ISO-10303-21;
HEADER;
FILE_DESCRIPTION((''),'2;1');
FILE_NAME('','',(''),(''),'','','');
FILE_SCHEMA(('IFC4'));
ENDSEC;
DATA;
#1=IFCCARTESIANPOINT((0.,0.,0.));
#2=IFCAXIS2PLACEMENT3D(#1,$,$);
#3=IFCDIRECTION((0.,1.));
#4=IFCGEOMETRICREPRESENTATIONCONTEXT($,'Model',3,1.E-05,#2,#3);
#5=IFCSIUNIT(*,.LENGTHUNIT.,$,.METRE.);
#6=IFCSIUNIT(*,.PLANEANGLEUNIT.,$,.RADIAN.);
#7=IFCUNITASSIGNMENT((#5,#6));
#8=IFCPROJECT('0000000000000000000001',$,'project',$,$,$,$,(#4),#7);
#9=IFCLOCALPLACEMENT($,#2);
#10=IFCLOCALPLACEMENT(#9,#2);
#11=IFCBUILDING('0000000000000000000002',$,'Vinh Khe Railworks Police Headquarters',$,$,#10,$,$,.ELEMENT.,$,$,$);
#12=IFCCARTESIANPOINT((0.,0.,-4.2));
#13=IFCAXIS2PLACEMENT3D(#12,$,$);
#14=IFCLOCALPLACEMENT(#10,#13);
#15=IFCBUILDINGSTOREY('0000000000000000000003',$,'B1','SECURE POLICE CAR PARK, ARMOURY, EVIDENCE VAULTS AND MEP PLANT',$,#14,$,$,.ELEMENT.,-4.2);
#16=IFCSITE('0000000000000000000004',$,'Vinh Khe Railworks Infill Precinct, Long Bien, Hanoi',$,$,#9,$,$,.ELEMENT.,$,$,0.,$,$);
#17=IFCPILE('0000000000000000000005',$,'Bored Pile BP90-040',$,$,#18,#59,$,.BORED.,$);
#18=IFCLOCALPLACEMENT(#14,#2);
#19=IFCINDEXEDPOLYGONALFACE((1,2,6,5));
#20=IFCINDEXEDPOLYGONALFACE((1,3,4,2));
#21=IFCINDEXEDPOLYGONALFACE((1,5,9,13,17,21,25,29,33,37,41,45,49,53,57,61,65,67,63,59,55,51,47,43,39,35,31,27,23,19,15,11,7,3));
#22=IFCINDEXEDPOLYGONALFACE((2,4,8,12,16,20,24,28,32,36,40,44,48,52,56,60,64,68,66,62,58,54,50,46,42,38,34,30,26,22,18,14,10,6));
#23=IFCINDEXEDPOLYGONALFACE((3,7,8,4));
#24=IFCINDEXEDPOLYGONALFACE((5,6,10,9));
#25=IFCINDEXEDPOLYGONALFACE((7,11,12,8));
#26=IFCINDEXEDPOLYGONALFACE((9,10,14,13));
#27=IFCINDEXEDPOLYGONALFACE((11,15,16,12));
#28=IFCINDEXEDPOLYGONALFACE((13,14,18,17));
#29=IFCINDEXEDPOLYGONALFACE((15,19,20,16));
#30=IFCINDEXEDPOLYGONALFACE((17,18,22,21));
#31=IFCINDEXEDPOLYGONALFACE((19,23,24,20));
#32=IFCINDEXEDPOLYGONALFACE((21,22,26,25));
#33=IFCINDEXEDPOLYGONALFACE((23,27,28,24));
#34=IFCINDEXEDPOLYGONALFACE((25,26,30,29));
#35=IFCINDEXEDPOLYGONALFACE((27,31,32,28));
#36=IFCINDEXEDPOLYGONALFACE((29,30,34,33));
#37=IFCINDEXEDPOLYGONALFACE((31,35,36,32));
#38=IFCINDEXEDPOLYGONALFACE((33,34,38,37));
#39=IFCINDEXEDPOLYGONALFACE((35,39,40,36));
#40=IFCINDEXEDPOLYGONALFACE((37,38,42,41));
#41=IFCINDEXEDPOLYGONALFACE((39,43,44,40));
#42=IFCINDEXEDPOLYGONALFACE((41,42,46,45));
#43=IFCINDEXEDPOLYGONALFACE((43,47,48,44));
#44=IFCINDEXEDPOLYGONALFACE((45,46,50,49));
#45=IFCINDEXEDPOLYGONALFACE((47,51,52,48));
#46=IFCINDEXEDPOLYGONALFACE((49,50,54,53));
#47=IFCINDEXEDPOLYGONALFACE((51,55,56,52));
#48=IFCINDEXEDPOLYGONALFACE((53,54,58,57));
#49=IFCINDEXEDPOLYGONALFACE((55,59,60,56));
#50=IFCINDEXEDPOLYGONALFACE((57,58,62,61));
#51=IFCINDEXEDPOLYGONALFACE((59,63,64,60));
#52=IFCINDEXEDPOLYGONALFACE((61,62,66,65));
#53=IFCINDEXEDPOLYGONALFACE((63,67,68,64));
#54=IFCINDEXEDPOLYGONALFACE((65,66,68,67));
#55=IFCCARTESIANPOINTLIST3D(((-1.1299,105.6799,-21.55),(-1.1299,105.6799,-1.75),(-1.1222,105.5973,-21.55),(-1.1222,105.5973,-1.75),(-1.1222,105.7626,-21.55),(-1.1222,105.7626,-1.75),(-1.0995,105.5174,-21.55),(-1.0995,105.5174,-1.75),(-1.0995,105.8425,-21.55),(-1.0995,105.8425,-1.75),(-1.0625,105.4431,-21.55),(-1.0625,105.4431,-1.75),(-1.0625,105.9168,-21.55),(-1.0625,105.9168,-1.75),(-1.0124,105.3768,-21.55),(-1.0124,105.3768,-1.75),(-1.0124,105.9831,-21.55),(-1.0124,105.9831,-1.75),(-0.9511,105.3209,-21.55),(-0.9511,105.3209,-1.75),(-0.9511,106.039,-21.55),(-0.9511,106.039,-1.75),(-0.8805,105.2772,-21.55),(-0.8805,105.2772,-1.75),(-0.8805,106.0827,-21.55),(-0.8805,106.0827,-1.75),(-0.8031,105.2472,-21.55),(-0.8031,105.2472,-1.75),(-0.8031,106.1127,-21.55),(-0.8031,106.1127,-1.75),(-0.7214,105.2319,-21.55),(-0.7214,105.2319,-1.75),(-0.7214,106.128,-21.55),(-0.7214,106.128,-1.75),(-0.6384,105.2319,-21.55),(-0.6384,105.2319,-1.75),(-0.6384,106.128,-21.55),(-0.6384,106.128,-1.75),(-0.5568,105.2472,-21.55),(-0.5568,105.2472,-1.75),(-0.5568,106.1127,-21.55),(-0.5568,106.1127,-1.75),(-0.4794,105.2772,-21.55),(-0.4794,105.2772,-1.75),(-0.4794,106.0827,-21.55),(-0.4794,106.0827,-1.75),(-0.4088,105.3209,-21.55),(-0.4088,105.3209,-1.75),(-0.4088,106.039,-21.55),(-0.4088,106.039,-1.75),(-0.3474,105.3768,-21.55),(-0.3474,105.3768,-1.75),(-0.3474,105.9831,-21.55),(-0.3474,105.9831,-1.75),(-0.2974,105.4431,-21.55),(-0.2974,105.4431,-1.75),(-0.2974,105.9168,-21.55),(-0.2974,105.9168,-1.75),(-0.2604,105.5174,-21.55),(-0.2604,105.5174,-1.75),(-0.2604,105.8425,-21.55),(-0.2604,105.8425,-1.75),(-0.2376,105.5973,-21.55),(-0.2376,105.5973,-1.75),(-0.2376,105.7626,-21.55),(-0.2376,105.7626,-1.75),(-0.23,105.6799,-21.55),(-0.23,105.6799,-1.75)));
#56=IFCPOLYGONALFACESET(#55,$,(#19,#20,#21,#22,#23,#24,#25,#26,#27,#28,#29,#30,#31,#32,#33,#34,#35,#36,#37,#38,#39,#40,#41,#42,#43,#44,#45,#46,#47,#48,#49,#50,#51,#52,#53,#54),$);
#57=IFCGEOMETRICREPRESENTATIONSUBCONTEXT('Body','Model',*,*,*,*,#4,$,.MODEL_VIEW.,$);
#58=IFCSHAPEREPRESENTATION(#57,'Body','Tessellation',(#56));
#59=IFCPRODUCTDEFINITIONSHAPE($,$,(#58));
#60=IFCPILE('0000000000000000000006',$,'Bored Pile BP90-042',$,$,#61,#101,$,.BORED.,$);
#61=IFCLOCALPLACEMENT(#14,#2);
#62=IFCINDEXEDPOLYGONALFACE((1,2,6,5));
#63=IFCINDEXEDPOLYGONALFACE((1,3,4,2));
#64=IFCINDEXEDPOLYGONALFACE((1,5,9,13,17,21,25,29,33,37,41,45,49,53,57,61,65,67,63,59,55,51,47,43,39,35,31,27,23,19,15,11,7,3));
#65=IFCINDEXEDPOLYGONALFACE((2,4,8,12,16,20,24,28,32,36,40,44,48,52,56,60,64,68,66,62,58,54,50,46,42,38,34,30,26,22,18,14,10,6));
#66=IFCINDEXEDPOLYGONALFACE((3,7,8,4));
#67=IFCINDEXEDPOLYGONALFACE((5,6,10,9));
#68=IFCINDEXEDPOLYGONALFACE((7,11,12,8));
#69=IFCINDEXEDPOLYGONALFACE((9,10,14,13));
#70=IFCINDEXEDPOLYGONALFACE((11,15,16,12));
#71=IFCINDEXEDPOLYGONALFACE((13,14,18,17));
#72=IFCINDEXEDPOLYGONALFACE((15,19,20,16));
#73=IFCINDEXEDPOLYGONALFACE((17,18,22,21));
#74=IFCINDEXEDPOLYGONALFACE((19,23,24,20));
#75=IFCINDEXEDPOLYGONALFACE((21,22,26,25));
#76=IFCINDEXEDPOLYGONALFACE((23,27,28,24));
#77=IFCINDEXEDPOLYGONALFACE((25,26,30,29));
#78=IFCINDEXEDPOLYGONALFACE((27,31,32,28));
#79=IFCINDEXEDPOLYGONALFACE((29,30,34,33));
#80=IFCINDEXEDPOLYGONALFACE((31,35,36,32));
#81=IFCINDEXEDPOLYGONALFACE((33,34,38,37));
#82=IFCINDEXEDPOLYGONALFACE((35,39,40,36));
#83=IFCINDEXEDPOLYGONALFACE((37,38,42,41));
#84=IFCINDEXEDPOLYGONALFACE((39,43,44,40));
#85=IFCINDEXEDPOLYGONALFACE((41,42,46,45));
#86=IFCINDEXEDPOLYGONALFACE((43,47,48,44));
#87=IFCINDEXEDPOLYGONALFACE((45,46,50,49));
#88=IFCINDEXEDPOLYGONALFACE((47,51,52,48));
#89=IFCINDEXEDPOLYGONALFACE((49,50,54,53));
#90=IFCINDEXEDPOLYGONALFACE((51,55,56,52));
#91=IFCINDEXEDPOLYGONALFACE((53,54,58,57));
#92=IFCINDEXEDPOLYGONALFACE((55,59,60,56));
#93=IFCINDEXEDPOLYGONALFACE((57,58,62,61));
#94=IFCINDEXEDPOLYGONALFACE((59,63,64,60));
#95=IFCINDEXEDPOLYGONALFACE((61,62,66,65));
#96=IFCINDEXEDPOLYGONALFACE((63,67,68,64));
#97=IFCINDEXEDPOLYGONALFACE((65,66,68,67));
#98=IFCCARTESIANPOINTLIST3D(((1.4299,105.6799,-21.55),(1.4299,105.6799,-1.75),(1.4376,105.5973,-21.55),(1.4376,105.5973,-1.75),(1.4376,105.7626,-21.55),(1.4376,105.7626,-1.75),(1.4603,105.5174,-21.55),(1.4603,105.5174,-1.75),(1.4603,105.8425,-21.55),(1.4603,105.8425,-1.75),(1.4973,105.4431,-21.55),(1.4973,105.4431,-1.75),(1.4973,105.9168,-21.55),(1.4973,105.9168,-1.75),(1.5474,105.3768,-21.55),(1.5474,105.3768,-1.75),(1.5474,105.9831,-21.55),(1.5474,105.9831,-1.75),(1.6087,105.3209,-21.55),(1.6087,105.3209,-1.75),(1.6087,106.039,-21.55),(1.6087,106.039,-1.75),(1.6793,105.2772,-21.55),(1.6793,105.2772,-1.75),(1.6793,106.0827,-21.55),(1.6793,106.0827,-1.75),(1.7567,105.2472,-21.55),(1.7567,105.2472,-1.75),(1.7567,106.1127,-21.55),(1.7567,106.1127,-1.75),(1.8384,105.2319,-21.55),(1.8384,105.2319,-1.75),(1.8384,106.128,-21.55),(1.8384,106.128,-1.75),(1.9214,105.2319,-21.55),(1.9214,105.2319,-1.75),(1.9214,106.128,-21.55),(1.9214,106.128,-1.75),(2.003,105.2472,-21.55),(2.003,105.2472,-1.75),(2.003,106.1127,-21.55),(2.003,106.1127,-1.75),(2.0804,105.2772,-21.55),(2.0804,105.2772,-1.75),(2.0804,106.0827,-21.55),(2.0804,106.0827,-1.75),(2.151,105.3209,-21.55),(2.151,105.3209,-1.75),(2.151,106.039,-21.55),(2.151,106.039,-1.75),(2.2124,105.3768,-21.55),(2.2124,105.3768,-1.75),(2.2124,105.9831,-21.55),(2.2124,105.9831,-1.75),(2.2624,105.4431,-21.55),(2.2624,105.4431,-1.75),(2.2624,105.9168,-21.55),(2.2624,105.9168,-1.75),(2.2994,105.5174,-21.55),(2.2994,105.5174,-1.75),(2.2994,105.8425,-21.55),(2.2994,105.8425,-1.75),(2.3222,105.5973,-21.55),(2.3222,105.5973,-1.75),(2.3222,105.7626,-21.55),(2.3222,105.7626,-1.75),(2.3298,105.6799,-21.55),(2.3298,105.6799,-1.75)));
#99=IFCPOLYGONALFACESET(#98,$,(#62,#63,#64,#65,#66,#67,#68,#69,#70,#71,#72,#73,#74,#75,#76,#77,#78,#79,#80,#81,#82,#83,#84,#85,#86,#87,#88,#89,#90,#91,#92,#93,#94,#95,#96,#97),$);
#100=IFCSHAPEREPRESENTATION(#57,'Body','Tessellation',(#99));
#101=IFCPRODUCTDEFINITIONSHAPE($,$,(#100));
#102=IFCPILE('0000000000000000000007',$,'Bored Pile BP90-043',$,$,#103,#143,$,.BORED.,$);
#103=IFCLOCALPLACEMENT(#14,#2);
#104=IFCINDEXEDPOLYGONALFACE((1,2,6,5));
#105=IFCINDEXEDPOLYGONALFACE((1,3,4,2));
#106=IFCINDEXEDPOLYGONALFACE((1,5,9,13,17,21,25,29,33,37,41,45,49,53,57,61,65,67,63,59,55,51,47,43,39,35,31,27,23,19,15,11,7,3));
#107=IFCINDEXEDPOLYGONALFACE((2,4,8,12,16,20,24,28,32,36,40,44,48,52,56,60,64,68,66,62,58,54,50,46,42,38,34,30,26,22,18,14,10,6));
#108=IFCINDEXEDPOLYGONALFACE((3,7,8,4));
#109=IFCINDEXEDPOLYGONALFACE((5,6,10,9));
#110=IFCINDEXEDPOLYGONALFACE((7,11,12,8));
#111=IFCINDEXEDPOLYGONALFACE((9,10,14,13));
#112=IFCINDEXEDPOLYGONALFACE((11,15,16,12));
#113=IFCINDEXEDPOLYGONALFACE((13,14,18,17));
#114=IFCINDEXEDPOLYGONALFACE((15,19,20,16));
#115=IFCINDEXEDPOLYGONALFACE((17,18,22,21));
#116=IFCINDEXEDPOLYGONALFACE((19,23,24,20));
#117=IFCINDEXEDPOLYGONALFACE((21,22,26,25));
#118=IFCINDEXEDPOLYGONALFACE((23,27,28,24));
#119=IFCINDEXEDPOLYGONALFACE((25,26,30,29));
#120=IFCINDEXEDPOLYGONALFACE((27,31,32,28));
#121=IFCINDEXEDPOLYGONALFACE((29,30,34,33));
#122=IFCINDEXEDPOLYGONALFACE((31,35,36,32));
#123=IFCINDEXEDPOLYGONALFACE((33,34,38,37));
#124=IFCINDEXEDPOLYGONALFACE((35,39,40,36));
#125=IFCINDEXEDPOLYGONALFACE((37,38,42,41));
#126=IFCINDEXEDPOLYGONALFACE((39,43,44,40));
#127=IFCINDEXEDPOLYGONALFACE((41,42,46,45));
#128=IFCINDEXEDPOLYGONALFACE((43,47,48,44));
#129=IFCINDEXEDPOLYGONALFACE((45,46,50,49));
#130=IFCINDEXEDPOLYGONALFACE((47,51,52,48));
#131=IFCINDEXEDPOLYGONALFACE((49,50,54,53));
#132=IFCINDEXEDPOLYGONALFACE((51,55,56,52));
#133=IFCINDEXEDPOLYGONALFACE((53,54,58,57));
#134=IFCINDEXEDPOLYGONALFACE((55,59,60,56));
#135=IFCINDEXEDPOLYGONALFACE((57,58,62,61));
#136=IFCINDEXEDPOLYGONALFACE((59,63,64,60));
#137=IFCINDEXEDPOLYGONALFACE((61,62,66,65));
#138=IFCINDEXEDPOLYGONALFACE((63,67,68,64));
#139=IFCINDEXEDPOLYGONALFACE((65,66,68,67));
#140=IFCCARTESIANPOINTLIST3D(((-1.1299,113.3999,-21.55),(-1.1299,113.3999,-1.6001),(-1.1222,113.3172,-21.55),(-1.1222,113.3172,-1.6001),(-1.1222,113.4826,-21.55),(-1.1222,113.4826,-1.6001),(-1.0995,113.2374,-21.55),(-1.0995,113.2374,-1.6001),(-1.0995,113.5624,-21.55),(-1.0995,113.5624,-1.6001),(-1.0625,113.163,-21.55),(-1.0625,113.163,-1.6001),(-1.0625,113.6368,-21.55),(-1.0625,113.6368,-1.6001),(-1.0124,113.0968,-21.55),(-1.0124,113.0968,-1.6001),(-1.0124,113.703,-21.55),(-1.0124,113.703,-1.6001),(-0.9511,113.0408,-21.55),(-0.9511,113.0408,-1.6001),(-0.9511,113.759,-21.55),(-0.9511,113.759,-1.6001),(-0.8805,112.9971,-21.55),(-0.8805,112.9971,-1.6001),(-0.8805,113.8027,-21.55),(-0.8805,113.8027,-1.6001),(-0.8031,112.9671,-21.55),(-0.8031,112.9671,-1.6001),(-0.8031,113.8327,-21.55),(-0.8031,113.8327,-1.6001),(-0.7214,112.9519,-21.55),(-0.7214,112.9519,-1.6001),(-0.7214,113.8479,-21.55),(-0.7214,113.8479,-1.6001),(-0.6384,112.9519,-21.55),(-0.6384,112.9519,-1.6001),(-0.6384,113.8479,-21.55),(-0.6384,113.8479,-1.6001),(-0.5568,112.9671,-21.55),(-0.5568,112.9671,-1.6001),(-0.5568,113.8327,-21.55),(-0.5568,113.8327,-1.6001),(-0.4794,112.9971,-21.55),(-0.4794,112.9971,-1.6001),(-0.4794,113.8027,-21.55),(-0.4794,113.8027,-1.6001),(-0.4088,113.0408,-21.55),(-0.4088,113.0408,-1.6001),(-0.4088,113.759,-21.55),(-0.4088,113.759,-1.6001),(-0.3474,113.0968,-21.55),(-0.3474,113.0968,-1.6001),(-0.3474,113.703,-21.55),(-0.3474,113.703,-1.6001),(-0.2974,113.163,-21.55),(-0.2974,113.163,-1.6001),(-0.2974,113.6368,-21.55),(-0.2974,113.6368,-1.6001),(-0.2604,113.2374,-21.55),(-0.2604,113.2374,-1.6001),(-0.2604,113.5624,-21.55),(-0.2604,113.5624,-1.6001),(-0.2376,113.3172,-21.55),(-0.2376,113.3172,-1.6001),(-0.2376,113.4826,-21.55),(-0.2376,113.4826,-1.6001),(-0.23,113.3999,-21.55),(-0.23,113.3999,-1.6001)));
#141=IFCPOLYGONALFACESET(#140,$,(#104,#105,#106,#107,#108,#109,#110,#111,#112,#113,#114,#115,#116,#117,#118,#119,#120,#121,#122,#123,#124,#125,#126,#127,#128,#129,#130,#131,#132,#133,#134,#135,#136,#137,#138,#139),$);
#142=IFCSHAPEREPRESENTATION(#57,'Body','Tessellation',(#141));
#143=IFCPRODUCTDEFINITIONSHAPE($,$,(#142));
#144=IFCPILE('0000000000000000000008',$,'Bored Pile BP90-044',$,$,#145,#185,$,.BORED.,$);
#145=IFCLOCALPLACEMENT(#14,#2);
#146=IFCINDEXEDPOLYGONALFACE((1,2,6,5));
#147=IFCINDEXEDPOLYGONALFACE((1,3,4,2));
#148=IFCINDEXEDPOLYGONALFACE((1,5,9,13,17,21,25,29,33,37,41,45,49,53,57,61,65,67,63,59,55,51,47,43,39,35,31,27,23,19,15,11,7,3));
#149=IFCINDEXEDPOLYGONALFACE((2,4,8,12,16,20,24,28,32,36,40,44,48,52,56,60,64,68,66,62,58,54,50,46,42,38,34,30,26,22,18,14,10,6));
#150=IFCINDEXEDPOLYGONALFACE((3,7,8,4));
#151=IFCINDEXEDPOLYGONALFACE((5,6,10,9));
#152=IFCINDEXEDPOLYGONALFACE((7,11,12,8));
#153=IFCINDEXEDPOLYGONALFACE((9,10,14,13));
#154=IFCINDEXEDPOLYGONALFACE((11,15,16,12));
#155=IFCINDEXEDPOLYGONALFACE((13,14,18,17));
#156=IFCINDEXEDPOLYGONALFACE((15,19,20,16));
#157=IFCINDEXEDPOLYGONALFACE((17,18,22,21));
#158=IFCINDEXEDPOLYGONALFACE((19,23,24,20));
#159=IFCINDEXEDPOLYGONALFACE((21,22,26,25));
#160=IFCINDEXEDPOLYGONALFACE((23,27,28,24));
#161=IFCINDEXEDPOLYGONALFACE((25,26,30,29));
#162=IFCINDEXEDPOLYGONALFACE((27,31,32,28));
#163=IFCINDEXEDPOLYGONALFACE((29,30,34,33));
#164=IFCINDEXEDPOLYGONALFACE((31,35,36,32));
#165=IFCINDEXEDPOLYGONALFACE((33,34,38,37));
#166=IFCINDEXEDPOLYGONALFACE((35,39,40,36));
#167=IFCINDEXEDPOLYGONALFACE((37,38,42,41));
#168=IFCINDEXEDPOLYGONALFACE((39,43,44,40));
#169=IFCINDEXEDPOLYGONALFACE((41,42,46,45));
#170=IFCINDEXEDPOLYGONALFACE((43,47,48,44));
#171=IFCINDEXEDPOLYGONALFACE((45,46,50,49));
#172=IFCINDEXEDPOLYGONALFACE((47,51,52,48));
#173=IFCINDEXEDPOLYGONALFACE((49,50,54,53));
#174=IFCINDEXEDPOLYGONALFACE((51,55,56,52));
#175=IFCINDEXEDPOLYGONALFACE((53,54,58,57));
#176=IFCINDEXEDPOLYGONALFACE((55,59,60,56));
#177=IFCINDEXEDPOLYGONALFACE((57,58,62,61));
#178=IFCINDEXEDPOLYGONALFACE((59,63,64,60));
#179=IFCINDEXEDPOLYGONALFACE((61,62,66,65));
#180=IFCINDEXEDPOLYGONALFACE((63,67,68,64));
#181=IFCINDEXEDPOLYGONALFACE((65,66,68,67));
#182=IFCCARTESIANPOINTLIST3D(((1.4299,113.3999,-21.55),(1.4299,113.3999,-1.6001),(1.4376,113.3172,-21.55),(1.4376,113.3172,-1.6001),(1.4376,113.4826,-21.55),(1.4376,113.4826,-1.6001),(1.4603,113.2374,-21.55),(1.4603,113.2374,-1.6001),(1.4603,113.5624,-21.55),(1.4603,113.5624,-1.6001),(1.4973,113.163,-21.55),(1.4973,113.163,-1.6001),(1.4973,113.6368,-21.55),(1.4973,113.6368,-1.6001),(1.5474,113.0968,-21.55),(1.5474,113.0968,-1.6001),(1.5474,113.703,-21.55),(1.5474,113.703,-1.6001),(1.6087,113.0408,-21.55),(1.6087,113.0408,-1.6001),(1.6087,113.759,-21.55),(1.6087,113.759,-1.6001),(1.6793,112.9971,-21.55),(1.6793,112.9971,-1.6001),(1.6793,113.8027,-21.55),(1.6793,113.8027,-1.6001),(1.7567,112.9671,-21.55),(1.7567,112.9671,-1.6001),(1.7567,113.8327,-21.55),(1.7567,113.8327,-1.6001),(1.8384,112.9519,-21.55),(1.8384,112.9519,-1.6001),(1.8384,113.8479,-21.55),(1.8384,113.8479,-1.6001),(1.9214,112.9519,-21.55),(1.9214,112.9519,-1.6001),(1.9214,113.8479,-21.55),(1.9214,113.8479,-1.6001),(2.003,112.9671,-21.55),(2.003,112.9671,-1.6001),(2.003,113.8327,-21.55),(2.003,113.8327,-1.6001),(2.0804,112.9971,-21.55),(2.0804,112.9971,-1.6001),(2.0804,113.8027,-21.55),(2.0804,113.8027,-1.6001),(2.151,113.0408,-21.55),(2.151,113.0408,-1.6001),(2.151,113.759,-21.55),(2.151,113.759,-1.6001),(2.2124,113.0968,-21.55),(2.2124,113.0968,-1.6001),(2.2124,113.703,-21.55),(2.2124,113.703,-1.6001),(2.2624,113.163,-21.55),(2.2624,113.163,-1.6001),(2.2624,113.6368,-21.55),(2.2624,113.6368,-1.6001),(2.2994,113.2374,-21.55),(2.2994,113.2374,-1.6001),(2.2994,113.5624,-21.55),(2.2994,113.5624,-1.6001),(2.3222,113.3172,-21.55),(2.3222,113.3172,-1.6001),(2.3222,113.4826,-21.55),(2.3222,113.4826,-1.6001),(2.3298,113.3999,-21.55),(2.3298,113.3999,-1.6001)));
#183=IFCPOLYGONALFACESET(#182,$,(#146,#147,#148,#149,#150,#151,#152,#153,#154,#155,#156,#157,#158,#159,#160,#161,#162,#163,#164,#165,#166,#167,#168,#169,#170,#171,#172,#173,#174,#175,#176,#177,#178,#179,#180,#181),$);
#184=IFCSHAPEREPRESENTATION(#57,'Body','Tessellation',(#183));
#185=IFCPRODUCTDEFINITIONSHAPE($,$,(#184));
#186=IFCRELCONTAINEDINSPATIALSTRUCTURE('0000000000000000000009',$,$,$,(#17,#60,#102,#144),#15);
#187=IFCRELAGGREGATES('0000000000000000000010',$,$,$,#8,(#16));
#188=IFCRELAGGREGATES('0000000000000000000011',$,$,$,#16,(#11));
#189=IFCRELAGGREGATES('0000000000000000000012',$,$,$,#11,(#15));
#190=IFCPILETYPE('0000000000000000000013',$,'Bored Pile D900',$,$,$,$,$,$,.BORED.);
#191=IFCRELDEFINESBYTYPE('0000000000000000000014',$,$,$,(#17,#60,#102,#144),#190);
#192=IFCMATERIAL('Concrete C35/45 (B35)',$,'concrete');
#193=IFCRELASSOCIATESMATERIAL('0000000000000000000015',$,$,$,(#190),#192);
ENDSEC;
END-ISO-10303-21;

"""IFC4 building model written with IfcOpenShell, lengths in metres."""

from ifc_helpers import new_model, si_unit, direction, frame, origin, origin_2d, place, context, subcontext, project, spatial, circle, extrude, material, material_profile, profile_set, type_object, element, save


model = new_model("IFC4")

# Units and contexts
model_context = context("Model", 3, precision=1e-05, world=origin(), true_north=direction((0.0, 1.0)))
body_context = subcontext(model_context, "Body", "Model", "MODEL_VIEW")
ifc_project = project(units=[si_unit("LENGTHUNIT", "METRE"), si_unit("PLANEANGLEUNIT", "RADIAN")], contexts=[model_context])

# Site, building, storey
site_placement = place(None, origin())
site = spatial("IfcSite", under=ifc_project, at=site_placement, Name="Vinh Khe Railworks Infill Precinct, Long Bien, Hanoi", CompositionType="ELEMENT", RefElevation=0.0)
building_placement = place(site_placement, origin())
building = spatial("IfcBuilding", under=site, at=building_placement, Name="Vinh Khe Railworks Police Headquarters", CompositionType="ELEMENT")
storey_placement = place(building_placement, frame((0.0, 0.0, -4.2)))
storey = spatial("IfcBuildingStorey", under=building, at=storey_placement, Name="B1", Description="SECURE POLICE CAR PARK, ARMOURY, EVIDENCE VAULTS AND MEP PLANT", CompositionType="ELEMENT", Elevation=-4.2)

# Piles
ifc_material_1 = material(Name="Concrete C35/45 (B35)", Category="concrete")
ifc_material_profile_1 = material_profile(ifc_material_1, circle(Radius=0.45, at=origin_2d()), Name="BORED PILE D900")
ifc_profile_set_1 = profile_set([ifc_material_profile_1], Name="Concrete C35/45 (B35)")
pile_type = type_object("IfcPileType", Name="Bored Pile D900", PredefinedType="BORED", material=ifc_profile_set_1)
for number, where, z_axis, x_axis, name in (
    (1, (-0.6799, 105.6799, -1.75), (0.0, 0.0, -1.0), (1.0, 0.0, 0.0), "Bored Pile BP90-040"),
    (2, (1.8799, 105.6799, -1.75), (0.0, 0.0, -1.0), (1.0, 0.0, 0.0), "Bored Pile BP90-042"),
):
    element("IfcPile", number, at=place(storey_placement, frame(where, z_axis=z_axis, x_axis=x_axis)), inside=storey, type_object=pile_type, Name=name, PredefinedType="BORED", context=body_context, shape_type="SweptSolid", body=[
        extrude(circle(Radius=0.45, at=origin_2d()), origin(), (0.0, 0.0, 1.0), 19.8),
    ])
for number, where, z_axis, x_axis, name in (
    (3, (-0.6799, 113.3999, -1.6001), (0.0, 0.0, -1.0), (1.0, 0.0, 0.0), "Bored Pile BP90-043"),
    (4, (1.8799, 113.3999, -1.6001), (0.0, 0.0, -1.0), (1.0, 0.0, 0.0), "Bored Pile BP90-044"),
):
    element("IfcPile", number, at=place(storey_placement, frame(where, z_axis=z_axis, x_axis=x_axis)), inside=storey, type_object=pile_type, Name=name, PredefinedType="BORED", context=body_context, shape_type="SweptSolid", body=[
        extrude(circle(Radius=0.45, at=origin_2d()), origin(), (0.0, 0.0, 1.0), 19.95),
    ])

save(model, "model.ifc")
